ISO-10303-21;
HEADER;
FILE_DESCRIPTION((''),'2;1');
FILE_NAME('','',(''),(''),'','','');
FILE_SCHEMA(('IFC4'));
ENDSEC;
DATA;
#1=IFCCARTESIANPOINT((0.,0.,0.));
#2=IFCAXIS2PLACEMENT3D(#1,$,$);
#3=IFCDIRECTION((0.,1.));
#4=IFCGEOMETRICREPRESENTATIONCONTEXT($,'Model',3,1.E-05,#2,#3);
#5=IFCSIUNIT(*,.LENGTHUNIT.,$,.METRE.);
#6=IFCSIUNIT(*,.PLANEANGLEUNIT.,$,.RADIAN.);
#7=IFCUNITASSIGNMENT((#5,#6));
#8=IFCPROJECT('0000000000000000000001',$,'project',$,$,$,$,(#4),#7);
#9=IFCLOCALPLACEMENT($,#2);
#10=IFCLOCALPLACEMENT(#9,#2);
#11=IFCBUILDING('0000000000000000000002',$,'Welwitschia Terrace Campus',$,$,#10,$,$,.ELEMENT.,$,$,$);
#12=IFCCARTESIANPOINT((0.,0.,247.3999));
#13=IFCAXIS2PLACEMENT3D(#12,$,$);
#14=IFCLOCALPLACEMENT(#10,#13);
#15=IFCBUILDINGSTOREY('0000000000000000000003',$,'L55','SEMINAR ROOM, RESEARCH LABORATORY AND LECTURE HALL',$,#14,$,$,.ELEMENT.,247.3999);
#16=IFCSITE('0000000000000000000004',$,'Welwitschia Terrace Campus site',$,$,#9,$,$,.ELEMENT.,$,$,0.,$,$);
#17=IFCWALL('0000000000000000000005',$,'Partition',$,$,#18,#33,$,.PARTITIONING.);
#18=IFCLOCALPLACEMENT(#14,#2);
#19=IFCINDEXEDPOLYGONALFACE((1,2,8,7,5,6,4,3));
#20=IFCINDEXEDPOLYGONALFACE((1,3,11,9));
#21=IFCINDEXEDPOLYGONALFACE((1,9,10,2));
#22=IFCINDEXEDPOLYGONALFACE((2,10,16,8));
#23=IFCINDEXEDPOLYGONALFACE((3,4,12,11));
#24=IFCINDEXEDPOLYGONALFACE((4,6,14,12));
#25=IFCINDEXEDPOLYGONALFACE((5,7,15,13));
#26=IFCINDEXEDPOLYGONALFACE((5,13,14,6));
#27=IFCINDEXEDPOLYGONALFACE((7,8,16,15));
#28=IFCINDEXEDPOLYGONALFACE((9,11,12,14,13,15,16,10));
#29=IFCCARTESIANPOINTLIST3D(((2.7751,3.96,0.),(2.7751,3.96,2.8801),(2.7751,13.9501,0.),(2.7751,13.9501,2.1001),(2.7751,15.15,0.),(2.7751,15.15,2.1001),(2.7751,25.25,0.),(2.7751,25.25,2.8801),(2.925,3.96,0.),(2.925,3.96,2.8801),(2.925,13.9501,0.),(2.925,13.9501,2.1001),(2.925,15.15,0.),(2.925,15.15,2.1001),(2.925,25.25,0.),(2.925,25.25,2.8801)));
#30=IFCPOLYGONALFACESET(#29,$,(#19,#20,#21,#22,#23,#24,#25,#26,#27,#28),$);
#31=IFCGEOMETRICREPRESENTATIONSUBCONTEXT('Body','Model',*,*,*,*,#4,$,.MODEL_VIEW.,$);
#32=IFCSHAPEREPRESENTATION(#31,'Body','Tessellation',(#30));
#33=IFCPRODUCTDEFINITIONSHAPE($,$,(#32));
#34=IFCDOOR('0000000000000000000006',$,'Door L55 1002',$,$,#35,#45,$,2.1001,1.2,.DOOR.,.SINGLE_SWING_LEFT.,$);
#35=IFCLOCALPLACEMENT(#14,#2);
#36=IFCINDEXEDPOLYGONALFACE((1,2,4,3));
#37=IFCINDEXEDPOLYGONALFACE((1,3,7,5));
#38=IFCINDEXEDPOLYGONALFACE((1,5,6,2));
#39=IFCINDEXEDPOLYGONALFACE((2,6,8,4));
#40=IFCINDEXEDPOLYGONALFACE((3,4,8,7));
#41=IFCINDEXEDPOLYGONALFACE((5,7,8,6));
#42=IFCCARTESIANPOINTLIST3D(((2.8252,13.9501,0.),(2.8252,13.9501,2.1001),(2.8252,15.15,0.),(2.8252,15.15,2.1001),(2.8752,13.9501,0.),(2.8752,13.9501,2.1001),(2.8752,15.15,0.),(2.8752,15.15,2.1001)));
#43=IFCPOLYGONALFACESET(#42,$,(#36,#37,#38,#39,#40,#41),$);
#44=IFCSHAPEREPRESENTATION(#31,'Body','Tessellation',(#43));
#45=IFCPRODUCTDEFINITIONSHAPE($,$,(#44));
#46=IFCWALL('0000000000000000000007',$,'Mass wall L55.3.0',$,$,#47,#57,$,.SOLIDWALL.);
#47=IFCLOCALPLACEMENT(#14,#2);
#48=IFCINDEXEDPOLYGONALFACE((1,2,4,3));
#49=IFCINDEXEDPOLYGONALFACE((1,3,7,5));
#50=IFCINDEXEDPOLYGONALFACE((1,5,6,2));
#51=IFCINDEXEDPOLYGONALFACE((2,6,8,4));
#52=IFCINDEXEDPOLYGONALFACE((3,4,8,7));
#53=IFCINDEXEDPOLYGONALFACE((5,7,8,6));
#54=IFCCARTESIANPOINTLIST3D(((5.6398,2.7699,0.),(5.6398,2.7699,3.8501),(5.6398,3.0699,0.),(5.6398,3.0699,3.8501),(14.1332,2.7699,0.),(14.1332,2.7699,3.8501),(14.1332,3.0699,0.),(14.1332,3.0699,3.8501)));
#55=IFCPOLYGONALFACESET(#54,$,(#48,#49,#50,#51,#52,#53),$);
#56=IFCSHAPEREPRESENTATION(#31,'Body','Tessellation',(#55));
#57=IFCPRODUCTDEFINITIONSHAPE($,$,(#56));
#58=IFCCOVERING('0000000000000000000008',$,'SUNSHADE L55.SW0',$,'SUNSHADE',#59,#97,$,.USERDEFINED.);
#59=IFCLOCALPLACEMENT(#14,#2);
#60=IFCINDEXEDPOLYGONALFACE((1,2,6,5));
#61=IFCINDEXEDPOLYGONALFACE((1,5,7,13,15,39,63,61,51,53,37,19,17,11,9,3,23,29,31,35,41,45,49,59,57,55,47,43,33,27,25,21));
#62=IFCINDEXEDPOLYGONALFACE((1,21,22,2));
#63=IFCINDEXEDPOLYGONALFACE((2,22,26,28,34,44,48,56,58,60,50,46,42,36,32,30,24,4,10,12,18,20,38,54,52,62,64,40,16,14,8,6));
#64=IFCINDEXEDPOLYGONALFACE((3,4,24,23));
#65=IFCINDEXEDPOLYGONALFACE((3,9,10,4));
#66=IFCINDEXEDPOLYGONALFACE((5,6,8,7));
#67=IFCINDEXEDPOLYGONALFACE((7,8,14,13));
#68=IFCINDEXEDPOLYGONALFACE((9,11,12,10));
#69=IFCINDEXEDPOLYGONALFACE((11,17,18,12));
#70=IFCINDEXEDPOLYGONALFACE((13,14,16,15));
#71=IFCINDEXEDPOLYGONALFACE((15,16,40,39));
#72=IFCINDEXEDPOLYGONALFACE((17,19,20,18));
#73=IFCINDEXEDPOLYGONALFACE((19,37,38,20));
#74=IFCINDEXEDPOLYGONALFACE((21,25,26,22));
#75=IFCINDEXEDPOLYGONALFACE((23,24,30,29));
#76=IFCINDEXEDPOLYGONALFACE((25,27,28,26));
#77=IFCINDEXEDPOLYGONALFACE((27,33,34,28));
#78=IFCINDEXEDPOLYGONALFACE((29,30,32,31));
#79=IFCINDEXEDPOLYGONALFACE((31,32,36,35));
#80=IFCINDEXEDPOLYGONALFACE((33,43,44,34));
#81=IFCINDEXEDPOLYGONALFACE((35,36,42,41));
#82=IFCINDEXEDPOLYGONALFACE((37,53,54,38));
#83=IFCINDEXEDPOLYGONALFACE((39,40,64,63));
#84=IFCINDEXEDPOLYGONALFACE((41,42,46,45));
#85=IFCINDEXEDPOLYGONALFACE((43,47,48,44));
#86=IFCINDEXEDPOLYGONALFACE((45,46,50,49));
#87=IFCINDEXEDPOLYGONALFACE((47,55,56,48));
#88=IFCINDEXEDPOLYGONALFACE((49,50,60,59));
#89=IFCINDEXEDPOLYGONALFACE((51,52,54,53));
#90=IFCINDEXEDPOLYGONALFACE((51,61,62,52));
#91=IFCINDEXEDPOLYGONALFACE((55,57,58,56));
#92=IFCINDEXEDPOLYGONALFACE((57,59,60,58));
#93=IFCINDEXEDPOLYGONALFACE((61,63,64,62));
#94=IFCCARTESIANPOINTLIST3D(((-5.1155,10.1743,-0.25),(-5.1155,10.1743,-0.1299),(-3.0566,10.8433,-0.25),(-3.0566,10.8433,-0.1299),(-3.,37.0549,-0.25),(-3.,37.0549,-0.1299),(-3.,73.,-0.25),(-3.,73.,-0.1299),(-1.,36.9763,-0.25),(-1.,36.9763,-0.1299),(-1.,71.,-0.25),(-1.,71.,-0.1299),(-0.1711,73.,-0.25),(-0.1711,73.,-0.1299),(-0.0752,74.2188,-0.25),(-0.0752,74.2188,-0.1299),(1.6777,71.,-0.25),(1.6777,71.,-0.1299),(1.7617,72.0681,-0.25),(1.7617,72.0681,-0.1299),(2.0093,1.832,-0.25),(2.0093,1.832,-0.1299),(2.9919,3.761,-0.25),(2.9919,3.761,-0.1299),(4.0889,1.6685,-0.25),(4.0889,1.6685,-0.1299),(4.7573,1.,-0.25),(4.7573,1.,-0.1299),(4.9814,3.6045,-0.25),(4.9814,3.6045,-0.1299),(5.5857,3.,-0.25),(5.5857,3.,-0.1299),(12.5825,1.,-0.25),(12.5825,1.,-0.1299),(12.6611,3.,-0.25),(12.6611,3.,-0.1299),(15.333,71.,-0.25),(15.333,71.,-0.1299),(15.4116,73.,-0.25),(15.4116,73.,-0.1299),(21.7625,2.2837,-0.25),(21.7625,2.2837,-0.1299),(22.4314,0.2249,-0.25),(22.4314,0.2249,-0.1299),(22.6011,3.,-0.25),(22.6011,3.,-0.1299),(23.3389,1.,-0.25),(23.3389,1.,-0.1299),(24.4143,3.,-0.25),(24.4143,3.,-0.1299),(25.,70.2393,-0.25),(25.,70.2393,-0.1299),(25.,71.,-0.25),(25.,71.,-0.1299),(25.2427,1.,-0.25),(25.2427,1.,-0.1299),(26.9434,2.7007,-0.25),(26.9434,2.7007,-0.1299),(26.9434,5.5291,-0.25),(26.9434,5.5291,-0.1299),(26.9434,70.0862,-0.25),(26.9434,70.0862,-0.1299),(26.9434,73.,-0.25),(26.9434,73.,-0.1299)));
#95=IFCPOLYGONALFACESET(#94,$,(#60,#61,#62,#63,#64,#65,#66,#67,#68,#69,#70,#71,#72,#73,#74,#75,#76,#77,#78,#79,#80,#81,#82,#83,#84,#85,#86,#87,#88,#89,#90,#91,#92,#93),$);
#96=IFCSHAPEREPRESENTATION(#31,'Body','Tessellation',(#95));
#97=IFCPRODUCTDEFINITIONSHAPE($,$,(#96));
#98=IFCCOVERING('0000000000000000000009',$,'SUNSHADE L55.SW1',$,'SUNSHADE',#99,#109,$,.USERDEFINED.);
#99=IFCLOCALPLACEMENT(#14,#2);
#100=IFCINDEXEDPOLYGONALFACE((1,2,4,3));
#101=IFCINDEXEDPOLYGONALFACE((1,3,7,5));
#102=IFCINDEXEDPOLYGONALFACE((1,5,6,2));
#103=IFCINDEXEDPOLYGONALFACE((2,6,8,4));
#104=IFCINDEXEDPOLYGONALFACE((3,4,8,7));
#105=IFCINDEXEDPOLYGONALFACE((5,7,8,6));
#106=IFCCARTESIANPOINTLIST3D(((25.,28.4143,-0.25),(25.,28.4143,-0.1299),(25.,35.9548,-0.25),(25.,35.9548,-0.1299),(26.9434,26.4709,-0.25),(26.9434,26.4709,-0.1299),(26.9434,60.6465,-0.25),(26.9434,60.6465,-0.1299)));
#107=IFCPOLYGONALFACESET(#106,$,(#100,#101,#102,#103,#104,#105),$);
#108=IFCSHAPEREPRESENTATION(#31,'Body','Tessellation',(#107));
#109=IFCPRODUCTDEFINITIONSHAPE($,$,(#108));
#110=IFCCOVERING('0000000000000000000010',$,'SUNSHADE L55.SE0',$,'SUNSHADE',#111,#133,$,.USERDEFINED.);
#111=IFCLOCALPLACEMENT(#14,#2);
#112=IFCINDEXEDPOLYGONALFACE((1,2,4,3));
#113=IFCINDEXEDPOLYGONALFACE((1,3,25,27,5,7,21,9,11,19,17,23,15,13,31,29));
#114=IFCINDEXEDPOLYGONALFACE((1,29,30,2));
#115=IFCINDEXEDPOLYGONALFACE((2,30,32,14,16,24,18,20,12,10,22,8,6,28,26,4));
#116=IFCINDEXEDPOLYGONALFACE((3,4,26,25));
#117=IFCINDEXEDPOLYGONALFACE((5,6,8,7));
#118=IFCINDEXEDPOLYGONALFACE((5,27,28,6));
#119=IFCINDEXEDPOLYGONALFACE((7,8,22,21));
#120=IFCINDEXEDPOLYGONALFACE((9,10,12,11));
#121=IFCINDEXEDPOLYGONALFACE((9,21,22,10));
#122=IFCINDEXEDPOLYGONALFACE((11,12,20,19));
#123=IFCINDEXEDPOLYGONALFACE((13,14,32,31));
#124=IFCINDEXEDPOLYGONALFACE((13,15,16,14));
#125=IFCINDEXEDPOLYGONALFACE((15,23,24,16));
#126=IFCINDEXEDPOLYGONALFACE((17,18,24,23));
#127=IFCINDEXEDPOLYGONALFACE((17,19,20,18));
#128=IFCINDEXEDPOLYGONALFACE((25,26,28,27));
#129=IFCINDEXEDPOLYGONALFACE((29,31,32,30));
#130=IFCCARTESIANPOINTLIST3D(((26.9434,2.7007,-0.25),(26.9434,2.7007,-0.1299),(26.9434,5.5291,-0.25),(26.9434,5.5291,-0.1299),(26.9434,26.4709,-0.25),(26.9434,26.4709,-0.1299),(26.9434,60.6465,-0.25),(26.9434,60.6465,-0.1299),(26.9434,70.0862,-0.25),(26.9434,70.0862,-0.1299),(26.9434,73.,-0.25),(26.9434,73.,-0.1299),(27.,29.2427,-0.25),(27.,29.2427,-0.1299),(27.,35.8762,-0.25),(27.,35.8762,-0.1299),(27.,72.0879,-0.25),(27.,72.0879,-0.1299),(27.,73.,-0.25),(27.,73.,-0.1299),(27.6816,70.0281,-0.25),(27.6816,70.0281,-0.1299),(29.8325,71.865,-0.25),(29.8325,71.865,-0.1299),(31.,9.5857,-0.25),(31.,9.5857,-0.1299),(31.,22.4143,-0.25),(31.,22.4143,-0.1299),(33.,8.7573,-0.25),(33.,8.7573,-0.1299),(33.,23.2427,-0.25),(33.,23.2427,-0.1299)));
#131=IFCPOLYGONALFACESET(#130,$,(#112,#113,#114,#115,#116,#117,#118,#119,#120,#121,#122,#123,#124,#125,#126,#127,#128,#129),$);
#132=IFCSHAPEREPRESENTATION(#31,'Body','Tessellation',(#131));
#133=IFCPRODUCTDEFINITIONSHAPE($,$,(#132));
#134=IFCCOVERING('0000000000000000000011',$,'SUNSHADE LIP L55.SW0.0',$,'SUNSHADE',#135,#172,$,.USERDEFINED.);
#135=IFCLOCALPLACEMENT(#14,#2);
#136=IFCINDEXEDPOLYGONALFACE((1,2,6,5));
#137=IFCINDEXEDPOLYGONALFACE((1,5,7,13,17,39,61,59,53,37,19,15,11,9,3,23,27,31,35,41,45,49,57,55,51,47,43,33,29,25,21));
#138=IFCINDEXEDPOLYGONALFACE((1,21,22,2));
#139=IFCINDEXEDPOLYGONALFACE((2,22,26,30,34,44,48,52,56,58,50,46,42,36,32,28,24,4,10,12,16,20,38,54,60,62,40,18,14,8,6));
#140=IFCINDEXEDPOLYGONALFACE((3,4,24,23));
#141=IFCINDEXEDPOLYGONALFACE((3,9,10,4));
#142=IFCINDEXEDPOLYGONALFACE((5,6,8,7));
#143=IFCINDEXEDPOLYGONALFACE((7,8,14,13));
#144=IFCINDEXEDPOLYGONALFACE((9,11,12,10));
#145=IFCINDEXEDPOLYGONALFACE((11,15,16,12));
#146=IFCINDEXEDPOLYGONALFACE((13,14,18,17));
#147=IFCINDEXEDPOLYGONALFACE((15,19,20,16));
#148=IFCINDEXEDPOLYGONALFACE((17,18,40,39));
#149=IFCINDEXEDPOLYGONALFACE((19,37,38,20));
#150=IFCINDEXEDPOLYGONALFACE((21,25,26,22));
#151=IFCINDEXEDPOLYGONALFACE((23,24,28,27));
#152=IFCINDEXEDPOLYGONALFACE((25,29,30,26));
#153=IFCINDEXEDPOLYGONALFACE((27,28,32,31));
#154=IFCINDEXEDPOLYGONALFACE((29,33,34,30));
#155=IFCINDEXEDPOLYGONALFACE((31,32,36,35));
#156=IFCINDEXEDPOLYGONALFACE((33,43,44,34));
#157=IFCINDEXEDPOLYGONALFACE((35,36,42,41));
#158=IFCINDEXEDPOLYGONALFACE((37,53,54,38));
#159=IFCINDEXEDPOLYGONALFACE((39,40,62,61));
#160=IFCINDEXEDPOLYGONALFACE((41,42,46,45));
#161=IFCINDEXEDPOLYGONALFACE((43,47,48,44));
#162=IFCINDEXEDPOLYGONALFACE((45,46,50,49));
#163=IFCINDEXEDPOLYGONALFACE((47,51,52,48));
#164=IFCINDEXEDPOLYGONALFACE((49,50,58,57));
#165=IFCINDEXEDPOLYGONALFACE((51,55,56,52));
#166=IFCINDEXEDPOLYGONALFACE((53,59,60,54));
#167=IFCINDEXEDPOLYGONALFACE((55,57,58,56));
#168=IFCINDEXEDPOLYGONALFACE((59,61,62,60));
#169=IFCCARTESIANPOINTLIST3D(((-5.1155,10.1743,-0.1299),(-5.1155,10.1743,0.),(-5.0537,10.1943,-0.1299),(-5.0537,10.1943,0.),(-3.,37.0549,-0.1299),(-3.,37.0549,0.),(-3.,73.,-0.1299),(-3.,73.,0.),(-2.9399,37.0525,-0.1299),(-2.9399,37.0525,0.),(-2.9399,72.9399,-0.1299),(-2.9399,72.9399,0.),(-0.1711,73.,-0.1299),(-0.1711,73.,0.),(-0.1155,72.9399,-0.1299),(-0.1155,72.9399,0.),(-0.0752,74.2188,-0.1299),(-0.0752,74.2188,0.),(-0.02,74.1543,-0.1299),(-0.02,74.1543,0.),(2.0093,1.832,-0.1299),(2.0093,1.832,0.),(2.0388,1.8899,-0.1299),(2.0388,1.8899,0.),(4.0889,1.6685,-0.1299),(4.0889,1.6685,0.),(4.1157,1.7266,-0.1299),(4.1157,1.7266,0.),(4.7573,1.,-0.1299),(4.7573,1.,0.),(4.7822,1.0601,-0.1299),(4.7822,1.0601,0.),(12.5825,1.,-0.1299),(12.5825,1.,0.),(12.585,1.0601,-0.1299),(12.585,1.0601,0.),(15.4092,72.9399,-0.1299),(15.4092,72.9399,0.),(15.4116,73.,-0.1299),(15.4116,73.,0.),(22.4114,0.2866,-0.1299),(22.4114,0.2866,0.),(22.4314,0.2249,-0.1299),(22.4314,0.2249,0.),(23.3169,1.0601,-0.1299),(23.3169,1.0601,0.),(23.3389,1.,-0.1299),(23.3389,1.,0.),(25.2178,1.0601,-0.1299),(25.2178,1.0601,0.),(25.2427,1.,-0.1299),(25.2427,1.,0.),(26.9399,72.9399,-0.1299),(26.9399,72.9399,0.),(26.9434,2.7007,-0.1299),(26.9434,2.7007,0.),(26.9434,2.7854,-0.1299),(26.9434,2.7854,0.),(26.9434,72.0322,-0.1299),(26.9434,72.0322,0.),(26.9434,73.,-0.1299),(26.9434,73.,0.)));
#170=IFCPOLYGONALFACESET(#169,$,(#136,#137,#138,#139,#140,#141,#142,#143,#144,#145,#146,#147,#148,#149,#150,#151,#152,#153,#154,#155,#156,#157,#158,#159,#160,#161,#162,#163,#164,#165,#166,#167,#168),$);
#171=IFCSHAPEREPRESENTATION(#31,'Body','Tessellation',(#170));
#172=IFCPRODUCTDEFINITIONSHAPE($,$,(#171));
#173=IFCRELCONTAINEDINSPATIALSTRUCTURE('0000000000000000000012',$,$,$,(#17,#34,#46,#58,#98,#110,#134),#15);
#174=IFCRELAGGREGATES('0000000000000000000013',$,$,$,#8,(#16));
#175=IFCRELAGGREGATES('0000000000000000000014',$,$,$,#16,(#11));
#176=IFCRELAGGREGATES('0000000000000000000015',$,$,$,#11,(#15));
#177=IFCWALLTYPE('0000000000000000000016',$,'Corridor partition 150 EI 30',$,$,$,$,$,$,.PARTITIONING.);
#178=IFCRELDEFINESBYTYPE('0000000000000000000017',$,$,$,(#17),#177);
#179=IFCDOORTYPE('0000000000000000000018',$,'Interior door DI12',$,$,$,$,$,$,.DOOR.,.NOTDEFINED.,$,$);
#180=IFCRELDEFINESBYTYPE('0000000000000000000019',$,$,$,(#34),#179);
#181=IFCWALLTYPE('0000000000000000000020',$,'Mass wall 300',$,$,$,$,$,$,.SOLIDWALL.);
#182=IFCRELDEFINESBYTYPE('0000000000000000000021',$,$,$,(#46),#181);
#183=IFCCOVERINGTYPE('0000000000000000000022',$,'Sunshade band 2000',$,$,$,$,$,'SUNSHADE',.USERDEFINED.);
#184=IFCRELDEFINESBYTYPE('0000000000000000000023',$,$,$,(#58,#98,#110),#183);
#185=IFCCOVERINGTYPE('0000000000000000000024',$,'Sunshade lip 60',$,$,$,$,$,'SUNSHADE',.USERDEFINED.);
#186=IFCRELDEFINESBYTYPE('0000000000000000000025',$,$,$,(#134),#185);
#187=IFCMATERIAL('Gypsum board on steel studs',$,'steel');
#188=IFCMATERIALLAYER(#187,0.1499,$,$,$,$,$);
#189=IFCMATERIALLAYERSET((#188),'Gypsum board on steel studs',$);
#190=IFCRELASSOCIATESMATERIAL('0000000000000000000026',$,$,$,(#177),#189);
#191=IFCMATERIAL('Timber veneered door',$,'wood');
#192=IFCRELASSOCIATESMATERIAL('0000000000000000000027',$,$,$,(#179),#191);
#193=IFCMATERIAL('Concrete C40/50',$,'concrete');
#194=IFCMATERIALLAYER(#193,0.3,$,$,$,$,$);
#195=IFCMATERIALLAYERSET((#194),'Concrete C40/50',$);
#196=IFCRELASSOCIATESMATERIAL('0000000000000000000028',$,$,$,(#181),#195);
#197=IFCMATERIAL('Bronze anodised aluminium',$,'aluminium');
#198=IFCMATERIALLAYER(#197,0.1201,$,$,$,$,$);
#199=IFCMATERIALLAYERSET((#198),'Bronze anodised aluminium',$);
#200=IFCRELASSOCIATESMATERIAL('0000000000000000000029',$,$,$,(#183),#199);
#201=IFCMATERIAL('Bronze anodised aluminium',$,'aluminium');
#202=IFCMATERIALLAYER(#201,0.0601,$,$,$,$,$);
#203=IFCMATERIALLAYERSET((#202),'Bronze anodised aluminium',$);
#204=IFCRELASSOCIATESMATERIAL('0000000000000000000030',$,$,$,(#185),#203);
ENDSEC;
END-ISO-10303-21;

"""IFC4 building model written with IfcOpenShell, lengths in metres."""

from ifc_helpers import new_model, si_unit, direction, frame, frame_2d, origin, place, context, subcontext, project, spatial, polyline, rectangle, outline, extrude, material, layer, layer_set, type_object, element, fill, save


model = new_model("IFC4")

# Units and contexts
model_context = context("Model", 3, precision=1e-05, world=origin(), true_north=direction((0.0, 1.0)))
body_context = subcontext(model_context, "Body", "Model", "MODEL_VIEW")
ifc_project = project(units=[si_unit("LENGTHUNIT", "METRE"), si_unit("PLANEANGLEUNIT", "RADIAN")], contexts=[model_context])

# Site, building, storey
site_placement = place(None, origin())
site = spatial("IfcSite", under=ifc_project, at=site_placement, Name="Welwitschia Terrace Campus site", CompositionType="ELEMENT", RefElevation=0.0)
building_placement = place(site_placement, origin())
building = spatial("IfcBuilding", under=site, at=building_placement, Name="Welwitschia Terrace Campus", CompositionType="ELEMENT")
storey_placement = place(building_placement, frame((0.0, 0.0, 247.3999)))
storey = spatial("IfcBuildingStorey", under=building, at=storey_placement, Name="L55", Description="SEMINAR ROOM, RESEARCH LABORATORY AND LECTURE HALL", CompositionType="ELEMENT", Elevation=247.3999)

# Wall, opening, door
ifc_material_1 = material(Name="Gypsum board on steel studs", Category="steel")
ifc_layer_1 = layer(ifc_material_1, 0.1499)
ifc_layer_set_1 = layer_set([ifc_layer_1], Name="Gypsum board on steel studs")
wall_type_1 = type_object("IfcWallType", Name="Corridor partition 150 EI 30", PredefinedType="PARTITIONING", material=ifc_layer_set_1)
wall_1_placement = place(storey_placement, frame((2.8501, 3.96, 0.0), z_axis=(0.0, 0.0, 1.0), x_axis=(0.0, 1.0, 0.0)))
wall_1 = element("IfcWall", 1, at=wall_1_placement, inside=storey, type_object=wall_type_1, Name="Partition", PredefinedType="PARTITIONING", context=body_context, shape_type="SweptSolid", body=[
    extrude(rectangle(XDim=21.29, YDim=0.1499, at=frame_2d((10.645, 0.0))), origin(), (0.0, 0.0, 1.0), 2.8801),
])
opening_1_placement = place(wall_1_placement, frame((9.99, 0.0, 0.0)))
opening_1 = element("IfcOpeningElement", 2, at=opening_1_placement, cuts=wall_1, PredefinedType="OPENING", context=body_context, shape_type="SweptSolid", body=[
    extrude(rectangle(XDim=1.2, YDim=2.1001, at=frame_2d((0.6001, 1.05))), frame((0.0, 0.085, 0.0), z_axis=(0.0, -1.0, 0.0), x_axis=(1.0, 0.0, 0.0)), (0.0, 0.0, 1.0), 0.1699),
])
ifc_material_2 = material(Name="Timber veneered door", Category="wood")
door_type_1 = type_object("IfcDoorType", Name="Interior door DI12", OperationType="NOTDEFINED", PredefinedType="DOOR", material=ifc_material_2)
door_1_placement = place(opening_1_placement, origin())
door_1 = element("IfcDoor", 3, at=door_1_placement, inside=storey, type_object=door_type_1, Name="Door L55 1002", OperationType="SINGLE_SWING_LEFT", OverallHeight=2.1001, OverallWidth=1.2, PredefinedType="DOOR", context=body_context, shape_type="SweptSolid", body=[
    extrude(rectangle(XDim=1.2, YDim=2.1001, at=frame_2d((0.6001, 1.05))), frame((0.0, 0.0249, 0.0), z_axis=(0.0, -1.0, 0.0), x_axis=(1.0, 0.0, 0.0)), (0.0, 0.0, 1.0), 0.05),
])
fill(opening_1, door_1)

# Wall
ifc_material_3 = material(Name="Concrete C40/50", Category="concrete")
ifc_layer_2 = layer(ifc_material_3, 0.3)
ifc_layer_set_2 = layer_set([ifc_layer_2], Name="Concrete C40/50")
wall_type_2 = type_object("IfcWallType", Name="Mass wall 300", PredefinedType="SOLIDWALL", material=ifc_layer_set_2)
wall_2_placement = place(storey_placement, frame((5.6399, 2.9199, 0.0), z_axis=(0.0, 0.0, 1.0), x_axis=(1.0, 0.0, 0.0)))
element("IfcWall", 4, at=wall_2_placement, inside=storey, type_object=wall_type_2, Name="Mass wall L55.3.0", PredefinedType="SOLIDWALL", context=body_context, shape_type="SweptSolid", body=[
    extrude(rectangle(XDim=8.4934, YDim=0.3, at=frame_2d((4.2466, 0.0))), origin(), (0.0, 0.0, 1.0), 3.8501),
])

# Coverings
ifc_material_4 = material(Name="Bronze anodised aluminium", Category="aluminium")
ifc_layer_3 = layer(ifc_material_4, 0.1201)
ifc_layer_set_3 = layer_set([ifc_layer_3], Name="Bronze anodised aluminium")
covering_type_1 = type_object("IfcCoveringType", Name="Sunshade band 2000", ElementType="SUNSHADE", PredefinedType="USERDEFINED", material=ifc_layer_set_3)
covering_1_placement = place(storey_placement, frame((0.0, 0.0, -0.25)))
element("IfcCovering", 5, at=covering_1_placement, inside=storey, type_object=covering_type_1, Name="SUNSHADE L55.SW0", ObjectType="SUNSHADE", PredefinedType="USERDEFINED", context=body_context, shape_type="SweptSolid", body=[
    extrude(outline(polyline([(-0.0752, 74.2188), (15.4116, 73.0), (26.9434, 73.0), (26.9434, 70.0862), (25.0, 70.2393), (25.0, 71.0), (15.333, 71.0), (1.7617, 72.0681), (1.6777, 71.0), (-1.0, 71.0), (-1.0, 36.9763), (-3.0566, 10.8433), (2.9919, 3.761), (4.9814, 3.6045), (5.5857, 3.0), (12.6611, 3.0), (21.7625, 2.2837), (22.6011, 3.0), (24.4143, 3.0), (26.9434, 5.5291), (26.9434, 2.7007), (25.2427, 1.0), (23.3389, 1.0), (22.4314, 0.2249), (12.5825, 1.0), (4.7573, 1.0), (4.0889, 1.6685), (2.0093, 1.832), (-5.1155, 10.1743), (-3.0, 37.0549), (-3.0, 73.0), (-0.1711, 73.0), (-0.0752, 74.2188)])), origin(), (0.0, 0.0, 1.0), 0.1201),
])
covering_2_placement = place(storey_placement, frame((0.0, 0.0, -0.25)))
element("IfcCovering", 6, at=covering_2_placement, inside=storey, type_object=covering_type_1, Name="SUNSHADE L55.SW1", ObjectType="SUNSHADE", PredefinedType="USERDEFINED", context=body_context, shape_type="SweptSolid", body=[
    extrude(outline(polyline([(25.0, 28.4143), (25.0, 35.9548), (26.9434, 60.6465), (26.9434, 26.4709), (25.0, 28.4143)])), origin(), (0.0, 0.0, 1.0), 0.1201),
])
covering_3_placement = place(storey_placement, frame((0.0, 0.0, -0.25)))
element("IfcCovering", 7, at=covering_3_placement, inside=storey, type_object=covering_type_1, Name="SUNSHADE L55.SE0", ObjectType="SUNSHADE", PredefinedType="USERDEFINED", context=body_context, shape_type="SweptSolid", body=[
    extrude(outline(polyline([(27.0, 73.0), (27.0, 72.0879), (29.8325, 71.865), (27.0, 35.8762), (27.0, 29.2427), (33.0, 23.2427), (33.0, 8.7573), (26.9434, 2.7007), (26.9434, 5.5291), (31.0, 9.5857), (31.0, 22.4143), (26.9434, 26.4709), (26.9434, 60.6465), (27.6816, 70.0281), (26.9434, 70.0862), (26.9434, 73.0), (27.0, 73.0)])), origin(), (0.0, 0.0, 1.0), 0.1201),
])
ifc_material_5 = material(Name="Bronze anodised aluminium", Category="aluminium")
ifc_layer_4 = layer(ifc_material_5, 0.0601)
ifc_layer_set_4 = layer_set([ifc_layer_4], Name="Bronze anodised aluminium")
covering_type_2 = type_object("IfcCoveringType", Name="Sunshade lip 60", ElementType="SUNSHADE", PredefinedType="USERDEFINED", material=ifc_layer_set_4)
covering_4_placement = place(storey_placement, frame((0.0, 0.0, -0.1299)))
element("IfcCovering", 8, at=covering_4_placement, inside=storey, type_object=covering_type_2, Name="SUNSHADE LIP L55.SW0.0", ObjectType="SUNSHADE", PredefinedType="USERDEFINED", context=body_context, shape_type="SweptSolid", body=[
    extrude(outline(polyline([(15.4116, 73.0), (26.9434, 73.0), (26.9434, 72.0322), (26.9399, 72.9399), (15.4092, 72.9399), (-0.02, 74.1543), (-0.1155, 72.9399), (-2.9399, 72.9399), (-2.9399, 37.0525), (-5.0537, 10.1943), (2.0388, 1.8899), (4.1157, 1.7266), (4.7822, 1.0601), (12.585, 1.0601), (22.4114, 0.2866), (23.3169, 1.0601), (25.2178, 1.0601), (26.9434, 2.7854), (26.9434, 2.7007), (25.2427, 1.0), (23.3389, 1.0), (22.4314, 0.2249), (12.5825, 1.0), (4.7573, 1.0), (4.0889, 1.6685), (2.0093, 1.832), (-5.1155, 10.1743), (-3.0, 37.0549), (-3.0, 73.0), (-0.1711, 73.0), (-0.0752, 74.2188), (15.4116, 73.0)])), origin(), (0.0, 0.0, 1.0), 0.1299),
])

save(model, "model.ifc")
